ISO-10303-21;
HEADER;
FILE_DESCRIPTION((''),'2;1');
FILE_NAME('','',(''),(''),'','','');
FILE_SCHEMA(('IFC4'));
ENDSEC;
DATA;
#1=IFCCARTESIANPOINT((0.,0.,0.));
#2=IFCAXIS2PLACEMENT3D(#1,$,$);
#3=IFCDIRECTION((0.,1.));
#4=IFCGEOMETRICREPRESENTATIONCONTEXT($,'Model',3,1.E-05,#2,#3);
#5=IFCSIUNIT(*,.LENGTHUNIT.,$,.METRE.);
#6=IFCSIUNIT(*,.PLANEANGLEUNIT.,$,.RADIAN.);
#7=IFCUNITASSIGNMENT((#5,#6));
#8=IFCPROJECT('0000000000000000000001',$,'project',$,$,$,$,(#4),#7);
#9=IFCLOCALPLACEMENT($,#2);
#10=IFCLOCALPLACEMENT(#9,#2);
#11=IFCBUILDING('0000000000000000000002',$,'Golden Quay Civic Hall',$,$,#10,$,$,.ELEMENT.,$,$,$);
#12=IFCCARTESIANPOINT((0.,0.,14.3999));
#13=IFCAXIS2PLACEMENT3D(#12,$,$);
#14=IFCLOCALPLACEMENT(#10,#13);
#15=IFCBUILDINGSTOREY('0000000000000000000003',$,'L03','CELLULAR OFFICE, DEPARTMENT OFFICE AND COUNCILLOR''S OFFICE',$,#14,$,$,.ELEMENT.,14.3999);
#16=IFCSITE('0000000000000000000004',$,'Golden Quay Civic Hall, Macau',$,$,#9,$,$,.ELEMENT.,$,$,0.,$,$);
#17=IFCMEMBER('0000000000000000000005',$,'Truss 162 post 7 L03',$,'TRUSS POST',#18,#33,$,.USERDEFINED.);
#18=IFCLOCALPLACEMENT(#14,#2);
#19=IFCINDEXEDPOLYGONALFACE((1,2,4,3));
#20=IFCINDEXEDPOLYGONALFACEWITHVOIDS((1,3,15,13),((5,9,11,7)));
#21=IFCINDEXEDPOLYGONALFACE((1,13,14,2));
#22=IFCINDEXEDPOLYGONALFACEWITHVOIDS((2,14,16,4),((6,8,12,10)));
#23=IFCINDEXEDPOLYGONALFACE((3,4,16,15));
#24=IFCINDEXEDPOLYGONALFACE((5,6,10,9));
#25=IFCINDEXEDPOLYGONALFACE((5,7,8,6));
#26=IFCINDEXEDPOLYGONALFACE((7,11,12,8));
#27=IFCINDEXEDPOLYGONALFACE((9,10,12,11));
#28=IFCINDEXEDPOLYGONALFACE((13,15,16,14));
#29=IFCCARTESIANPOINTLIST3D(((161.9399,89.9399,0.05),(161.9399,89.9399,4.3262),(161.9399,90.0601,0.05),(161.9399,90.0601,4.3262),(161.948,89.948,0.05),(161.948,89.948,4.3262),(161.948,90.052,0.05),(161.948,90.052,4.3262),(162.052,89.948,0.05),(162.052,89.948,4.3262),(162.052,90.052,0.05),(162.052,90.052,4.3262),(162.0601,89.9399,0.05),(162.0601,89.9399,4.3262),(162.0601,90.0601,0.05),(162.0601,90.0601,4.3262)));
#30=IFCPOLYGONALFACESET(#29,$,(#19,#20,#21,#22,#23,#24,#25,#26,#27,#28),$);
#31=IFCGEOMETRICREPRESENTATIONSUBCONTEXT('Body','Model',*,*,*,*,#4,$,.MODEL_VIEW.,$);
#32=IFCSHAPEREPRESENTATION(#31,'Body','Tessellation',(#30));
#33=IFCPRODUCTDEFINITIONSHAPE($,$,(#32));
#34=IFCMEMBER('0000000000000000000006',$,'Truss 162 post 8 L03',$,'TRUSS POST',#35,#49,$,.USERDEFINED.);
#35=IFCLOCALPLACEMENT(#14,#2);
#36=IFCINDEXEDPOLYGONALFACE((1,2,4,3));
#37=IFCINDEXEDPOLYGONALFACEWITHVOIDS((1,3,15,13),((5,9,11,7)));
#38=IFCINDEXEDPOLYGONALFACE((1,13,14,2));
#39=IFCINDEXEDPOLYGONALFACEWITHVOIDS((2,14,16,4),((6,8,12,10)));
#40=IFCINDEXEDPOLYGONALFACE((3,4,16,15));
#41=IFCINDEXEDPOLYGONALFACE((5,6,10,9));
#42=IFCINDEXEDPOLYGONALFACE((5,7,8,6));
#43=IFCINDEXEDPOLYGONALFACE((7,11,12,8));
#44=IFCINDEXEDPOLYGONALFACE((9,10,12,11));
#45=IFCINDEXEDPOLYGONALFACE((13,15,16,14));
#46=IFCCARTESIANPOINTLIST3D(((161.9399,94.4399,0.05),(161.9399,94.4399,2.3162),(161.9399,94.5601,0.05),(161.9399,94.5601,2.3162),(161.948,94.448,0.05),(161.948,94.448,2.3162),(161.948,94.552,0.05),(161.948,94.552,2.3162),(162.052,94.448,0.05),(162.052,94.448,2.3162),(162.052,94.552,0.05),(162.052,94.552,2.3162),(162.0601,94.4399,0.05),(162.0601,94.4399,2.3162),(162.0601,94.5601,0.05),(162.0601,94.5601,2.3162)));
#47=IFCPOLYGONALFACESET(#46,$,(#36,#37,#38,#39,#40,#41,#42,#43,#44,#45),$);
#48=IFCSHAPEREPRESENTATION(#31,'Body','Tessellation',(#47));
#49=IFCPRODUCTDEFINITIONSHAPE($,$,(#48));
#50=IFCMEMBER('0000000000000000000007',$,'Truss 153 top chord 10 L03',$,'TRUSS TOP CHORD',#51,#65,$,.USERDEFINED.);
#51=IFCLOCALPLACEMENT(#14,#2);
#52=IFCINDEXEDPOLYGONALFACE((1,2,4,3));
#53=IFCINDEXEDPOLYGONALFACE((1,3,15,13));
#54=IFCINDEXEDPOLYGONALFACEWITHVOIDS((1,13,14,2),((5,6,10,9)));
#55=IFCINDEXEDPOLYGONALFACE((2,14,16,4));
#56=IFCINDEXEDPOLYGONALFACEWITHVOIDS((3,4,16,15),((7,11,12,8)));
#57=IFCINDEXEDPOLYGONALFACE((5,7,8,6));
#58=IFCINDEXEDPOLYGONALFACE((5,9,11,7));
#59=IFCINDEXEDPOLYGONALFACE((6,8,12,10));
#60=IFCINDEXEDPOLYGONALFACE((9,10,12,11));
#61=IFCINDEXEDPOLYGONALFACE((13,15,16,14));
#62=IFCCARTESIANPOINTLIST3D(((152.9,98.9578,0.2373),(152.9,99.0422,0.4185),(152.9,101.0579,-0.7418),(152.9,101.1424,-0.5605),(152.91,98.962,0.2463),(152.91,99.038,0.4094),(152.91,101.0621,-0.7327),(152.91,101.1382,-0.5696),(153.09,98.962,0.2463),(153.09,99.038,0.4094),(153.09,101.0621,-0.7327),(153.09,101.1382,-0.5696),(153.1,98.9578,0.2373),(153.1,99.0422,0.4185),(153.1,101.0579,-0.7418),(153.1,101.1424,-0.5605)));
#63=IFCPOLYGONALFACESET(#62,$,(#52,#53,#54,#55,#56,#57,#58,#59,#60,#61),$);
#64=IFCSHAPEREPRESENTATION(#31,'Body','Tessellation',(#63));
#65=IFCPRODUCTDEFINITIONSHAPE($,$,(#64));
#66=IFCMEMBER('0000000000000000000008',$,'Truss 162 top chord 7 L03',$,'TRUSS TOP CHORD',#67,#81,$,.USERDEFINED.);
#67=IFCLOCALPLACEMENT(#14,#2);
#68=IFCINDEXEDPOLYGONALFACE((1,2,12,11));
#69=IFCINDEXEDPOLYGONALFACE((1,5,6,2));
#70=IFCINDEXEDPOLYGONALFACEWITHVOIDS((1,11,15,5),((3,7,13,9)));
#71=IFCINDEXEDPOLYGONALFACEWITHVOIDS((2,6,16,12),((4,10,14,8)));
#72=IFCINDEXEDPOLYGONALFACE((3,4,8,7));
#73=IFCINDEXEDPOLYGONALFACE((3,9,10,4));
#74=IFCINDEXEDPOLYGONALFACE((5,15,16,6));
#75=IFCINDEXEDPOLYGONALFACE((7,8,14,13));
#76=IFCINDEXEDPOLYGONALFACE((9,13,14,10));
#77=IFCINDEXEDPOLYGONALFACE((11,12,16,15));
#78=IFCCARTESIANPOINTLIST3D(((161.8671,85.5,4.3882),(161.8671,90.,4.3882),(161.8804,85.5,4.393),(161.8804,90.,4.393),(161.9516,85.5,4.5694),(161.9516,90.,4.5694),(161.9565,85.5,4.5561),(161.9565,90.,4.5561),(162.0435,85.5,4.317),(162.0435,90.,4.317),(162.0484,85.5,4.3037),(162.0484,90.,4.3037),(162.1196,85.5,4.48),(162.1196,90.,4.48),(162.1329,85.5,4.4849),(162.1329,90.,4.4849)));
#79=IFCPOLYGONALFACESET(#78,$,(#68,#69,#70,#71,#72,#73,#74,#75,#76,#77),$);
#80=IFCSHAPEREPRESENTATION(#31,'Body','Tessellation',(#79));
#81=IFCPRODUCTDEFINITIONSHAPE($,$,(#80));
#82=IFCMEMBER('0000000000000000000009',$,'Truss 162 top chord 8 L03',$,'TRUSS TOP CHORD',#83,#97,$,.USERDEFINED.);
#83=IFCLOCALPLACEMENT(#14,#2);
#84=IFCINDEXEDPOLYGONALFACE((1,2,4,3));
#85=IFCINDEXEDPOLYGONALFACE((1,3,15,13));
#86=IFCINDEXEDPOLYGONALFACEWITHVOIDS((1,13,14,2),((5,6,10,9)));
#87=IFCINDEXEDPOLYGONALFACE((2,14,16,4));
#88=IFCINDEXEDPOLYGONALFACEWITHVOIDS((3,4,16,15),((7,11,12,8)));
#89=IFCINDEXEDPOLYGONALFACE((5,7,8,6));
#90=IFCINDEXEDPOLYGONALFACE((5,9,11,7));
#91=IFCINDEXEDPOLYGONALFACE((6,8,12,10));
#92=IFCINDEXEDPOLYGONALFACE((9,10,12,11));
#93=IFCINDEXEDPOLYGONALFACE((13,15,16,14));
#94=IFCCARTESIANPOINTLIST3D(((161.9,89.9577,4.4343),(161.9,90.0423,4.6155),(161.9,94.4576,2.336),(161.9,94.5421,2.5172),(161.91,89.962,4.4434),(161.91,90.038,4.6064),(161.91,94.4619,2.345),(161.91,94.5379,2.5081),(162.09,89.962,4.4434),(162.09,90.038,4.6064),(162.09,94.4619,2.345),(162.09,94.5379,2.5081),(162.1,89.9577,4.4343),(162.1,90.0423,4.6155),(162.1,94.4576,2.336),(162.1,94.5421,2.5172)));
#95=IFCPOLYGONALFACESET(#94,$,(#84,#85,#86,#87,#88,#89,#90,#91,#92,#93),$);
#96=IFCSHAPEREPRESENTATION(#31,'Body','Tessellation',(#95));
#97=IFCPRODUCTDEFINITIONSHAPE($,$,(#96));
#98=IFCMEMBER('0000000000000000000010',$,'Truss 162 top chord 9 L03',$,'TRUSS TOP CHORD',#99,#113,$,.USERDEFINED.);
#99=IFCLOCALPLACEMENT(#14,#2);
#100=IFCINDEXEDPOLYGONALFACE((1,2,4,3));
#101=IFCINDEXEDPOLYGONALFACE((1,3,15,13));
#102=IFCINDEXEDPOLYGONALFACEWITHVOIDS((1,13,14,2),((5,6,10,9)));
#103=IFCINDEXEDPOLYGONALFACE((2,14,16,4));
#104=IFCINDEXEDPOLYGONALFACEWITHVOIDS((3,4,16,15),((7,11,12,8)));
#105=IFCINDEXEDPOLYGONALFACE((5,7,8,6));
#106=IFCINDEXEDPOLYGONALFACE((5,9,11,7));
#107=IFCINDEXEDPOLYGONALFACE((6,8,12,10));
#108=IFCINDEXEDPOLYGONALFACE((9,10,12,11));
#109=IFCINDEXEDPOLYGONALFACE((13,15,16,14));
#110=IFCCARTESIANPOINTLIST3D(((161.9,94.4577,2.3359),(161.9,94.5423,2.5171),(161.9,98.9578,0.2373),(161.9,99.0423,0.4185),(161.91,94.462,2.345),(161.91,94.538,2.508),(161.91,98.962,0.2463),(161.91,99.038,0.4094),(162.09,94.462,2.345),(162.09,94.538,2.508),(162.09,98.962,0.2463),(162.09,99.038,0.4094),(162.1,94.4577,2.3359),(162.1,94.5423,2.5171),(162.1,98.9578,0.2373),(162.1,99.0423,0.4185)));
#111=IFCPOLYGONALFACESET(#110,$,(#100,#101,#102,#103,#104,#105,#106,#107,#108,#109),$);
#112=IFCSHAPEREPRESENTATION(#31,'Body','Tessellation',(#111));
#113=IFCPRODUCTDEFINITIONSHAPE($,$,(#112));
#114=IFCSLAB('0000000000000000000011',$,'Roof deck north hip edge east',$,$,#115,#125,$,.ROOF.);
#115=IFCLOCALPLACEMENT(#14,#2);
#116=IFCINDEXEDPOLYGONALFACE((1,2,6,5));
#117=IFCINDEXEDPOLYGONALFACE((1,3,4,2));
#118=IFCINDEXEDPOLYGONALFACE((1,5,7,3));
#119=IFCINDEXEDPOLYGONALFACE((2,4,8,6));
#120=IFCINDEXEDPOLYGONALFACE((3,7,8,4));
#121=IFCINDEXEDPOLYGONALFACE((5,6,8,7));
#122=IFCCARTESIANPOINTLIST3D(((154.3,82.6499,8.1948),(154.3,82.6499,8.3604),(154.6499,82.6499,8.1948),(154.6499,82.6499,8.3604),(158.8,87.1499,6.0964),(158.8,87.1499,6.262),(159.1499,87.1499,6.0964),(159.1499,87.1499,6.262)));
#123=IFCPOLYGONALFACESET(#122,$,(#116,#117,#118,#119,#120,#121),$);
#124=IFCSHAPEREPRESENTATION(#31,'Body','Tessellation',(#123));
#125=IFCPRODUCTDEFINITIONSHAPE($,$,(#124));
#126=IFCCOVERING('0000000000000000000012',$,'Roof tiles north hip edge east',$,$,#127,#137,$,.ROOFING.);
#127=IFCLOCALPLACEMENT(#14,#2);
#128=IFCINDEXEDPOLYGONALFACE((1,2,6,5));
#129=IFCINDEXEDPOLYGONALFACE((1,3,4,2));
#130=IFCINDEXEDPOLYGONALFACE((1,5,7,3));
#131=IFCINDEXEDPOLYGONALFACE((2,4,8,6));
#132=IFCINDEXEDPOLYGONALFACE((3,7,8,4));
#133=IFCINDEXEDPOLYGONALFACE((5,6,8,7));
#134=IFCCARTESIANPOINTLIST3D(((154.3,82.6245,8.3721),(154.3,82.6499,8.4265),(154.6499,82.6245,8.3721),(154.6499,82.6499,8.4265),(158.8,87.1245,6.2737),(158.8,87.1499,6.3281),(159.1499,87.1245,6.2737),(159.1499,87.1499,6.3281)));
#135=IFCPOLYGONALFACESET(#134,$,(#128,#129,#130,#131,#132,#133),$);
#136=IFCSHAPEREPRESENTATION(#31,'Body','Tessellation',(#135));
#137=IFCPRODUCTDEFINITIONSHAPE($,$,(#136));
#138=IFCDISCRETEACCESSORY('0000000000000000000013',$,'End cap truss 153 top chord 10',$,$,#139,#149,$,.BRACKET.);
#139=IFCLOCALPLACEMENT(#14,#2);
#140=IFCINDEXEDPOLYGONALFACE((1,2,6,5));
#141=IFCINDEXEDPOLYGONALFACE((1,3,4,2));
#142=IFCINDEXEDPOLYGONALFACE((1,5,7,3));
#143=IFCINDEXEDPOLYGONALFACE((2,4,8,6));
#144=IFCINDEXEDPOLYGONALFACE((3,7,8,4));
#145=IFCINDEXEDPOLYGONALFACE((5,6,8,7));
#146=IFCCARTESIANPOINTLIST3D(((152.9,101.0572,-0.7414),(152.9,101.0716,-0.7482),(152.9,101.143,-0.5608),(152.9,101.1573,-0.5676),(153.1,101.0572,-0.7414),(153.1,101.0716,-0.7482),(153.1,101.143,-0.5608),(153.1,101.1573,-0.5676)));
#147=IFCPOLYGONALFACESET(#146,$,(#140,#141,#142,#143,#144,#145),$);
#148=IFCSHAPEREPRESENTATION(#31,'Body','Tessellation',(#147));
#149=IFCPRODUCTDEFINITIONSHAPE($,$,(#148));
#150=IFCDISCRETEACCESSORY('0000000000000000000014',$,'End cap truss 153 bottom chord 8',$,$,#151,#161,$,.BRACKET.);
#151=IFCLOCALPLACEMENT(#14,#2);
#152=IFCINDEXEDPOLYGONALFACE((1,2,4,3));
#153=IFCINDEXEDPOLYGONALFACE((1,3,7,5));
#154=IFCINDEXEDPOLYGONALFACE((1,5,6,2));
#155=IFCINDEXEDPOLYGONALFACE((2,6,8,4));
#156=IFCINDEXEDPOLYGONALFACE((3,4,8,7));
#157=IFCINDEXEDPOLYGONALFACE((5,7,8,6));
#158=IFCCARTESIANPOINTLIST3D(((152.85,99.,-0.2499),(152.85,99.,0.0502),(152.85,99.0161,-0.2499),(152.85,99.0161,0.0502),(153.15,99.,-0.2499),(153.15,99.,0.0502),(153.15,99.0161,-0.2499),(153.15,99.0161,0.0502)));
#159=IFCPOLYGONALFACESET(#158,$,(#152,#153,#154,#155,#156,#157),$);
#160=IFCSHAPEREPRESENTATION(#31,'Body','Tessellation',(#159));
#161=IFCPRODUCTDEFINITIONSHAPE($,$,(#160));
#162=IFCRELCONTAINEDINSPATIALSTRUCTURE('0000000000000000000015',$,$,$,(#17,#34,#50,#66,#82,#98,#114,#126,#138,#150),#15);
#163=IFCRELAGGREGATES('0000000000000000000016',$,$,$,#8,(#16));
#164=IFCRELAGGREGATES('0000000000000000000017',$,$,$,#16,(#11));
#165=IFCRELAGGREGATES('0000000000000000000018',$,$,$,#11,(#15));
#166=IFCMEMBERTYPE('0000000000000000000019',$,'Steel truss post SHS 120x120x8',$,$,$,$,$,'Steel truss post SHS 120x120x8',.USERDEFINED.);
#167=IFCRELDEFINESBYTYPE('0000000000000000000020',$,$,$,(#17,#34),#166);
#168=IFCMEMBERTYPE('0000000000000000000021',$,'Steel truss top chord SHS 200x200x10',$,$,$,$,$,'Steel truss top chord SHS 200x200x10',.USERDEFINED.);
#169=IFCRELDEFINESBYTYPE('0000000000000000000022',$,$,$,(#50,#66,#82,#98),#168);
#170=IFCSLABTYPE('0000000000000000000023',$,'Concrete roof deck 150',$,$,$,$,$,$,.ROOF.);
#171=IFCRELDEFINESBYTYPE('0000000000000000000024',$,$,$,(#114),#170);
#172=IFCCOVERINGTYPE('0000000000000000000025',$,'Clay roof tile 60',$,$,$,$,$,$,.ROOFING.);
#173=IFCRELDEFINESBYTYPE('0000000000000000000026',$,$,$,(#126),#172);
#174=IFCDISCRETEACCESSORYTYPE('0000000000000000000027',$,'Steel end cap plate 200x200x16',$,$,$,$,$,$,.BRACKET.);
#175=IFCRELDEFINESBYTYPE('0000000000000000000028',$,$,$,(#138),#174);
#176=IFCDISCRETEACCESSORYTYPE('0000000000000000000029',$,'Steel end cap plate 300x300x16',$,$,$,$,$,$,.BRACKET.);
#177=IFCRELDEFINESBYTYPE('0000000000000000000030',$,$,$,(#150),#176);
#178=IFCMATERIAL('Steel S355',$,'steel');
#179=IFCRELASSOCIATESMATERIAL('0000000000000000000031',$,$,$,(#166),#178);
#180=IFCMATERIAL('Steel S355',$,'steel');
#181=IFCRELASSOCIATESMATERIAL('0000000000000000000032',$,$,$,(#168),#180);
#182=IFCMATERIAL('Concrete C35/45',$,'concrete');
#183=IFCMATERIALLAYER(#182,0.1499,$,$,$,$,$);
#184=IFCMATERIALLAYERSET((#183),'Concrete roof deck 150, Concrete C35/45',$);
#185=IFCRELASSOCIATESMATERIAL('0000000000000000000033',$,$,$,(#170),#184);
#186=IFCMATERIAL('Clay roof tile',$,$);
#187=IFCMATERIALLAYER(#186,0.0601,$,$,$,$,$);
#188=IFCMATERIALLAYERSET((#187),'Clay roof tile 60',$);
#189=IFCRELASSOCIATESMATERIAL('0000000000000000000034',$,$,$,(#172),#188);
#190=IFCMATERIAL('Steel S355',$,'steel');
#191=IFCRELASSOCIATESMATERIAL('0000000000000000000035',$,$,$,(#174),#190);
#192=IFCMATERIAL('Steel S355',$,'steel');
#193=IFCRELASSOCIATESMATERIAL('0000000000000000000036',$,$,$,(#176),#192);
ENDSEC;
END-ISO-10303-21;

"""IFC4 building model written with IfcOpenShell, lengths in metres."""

from ifc_helpers import new_model, si_unit, direction, frame, origin, origin_2d, place, context, subcontext, project, spatial, polyline, rectangle, hollow_rectangle, outline, extrude, material, layer, layer_set, material_profile, profile_set, type_object, element, save


model = new_model("IFC4")

# Units and contexts
model_context = context("Model", 3, precision=1e-05, world=origin(), true_north=direction((0.0, 1.0)))
body_context = subcontext(model_context, "Body", "Model", "MODEL_VIEW")
ifc_project = project(units=[si_unit("LENGTHUNIT", "METRE"), si_unit("PLANEANGLEUNIT", "RADIAN")], contexts=[model_context])

# Site, building, storey
site_placement = place(None, origin())
site = spatial("IfcSite", under=ifc_project, at=site_placement, Name="Golden Quay Civic Hall, Macau", CompositionType="ELEMENT", RefElevation=0.0)
building_placement = place(site_placement, origin())
building = spatial("IfcBuilding", under=site, at=building_placement, Name="Golden Quay Civic Hall", CompositionType="ELEMENT")
storey_placement = place(building_placement, frame((0.0, 0.0, 14.3999)))
storey = spatial("IfcBuildingStorey", under=building, at=storey_placement, Name="L03", Description="CELLULAR OFFICE, DEPARTMENT OFFICE AND COUNCILLOR'S OFFICE", CompositionType="ELEMENT", Elevation=14.3999)

# Members
ifc_material_1 = material(Name="Steel S355", Category="steel")
ifc_material_profile_1 = material_profile(ifc_material_1, hollow_rectangle(XDim=0.1201, YDim=0.1201, WallThickness=0.0081, at=origin_2d()), Name="SHS 120x120x8")
ifc_profile_set_1 = profile_set([ifc_material_profile_1], Name="Steel S355")
member_type_1 = type_object("IfcMemberType", Name="Steel truss post SHS 120x120x8", ElementType="Steel truss post SHS 120x120x8", PredefinedType="USERDEFINED", material=ifc_profile_set_1)
for number, where, z_axis, x_axis, name in (
    (1, (162.0, 90.0, 0.05), (0.0, 0.0, 1.0), (1.0, 0.0, 0.0), "Truss 162 post 7 L03"),
):
    element("IfcMember", number, at=place(storey_placement, frame(where, z_axis=z_axis, x_axis=x_axis)), inside=storey, type_object=member_type_1, Name=name, ObjectType="TRUSS POST", PredefinedType="USERDEFINED", context=body_context, shape_type="SweptSolid", body=[
        extrude(hollow_rectangle(XDim=0.1201, YDim=0.1201, WallThickness=0.0081, at=origin_2d()), origin(), (0.0, 0.0, 1.0), 4.2761),
    ])
member_1_placement = place(storey_placement, frame((162.0, 94.5, 0.05), z_axis=(0.0, 0.0, 1.0), x_axis=(1.0, 0.0, 0.0)))
element("IfcMember", 2, at=member_1_placement, inside=storey, type_object=member_type_1, Name="Truss 162 post 8 L03", ObjectType="TRUSS POST", PredefinedType="USERDEFINED", context=body_context, shape_type="SweptSolid", body=[
    extrude(hollow_rectangle(XDim=0.1201, YDim=0.1201, WallThickness=0.0081, at=origin_2d()), origin(), (0.0, 0.0, 1.0), 2.2661),
])
ifc_material_2 = material(Name="Steel S355", Category="steel")
ifc_material_profile_2 = material_profile(ifc_material_2, hollow_rectangle(XDim=0.2, YDim=0.2, WallThickness=0.01, at=origin_2d()), Name="SHS 200x200x10")
ifc_profile_set_2 = profile_set([ifc_material_profile_2], Name="Steel S355")
member_type_2 = type_object("IfcMemberType", Name="Steel truss top chord SHS 200x200x10", ElementType="Steel truss top chord SHS 200x200x10", PredefinedType="USERDEFINED", material=ifc_profile_set_2)
member_2_placement = place(storey_placement, frame((153.0, 99.0, 0.3279), z_axis=(0.0, 0.906355, -0.422516), x_axis=(-1.0, 0.0, 0.0)))
element("IfcMember", 3, at=member_2_placement, inside=storey, type_object=member_type_2, Name="Truss 153 top chord 10 L03", ObjectType="TRUSS TOP CHORD", PredefinedType="USERDEFINED", context=body_context, shape_type="SweptSolid", body=[
    extrude(hollow_rectangle(XDim=0.2, YDim=0.2, WallThickness=0.01, at=origin_2d()), origin(), (0.0, 0.0, 1.0), 2.3171),
])
member_3_placement = place(storey_placement, frame((162.0, 85.5, 4.4365), z_axis=(0.0, 1.0, 0.0), x_axis=(-0.906308, 0.0, 0.422618)))
element("IfcMember", 4, at=member_3_placement, inside=storey, type_object=member_type_2, Name="Truss 162 top chord 7 L03", ObjectType="TRUSS TOP CHORD", PredefinedType="USERDEFINED", context=body_context, shape_type="SweptSolid", body=[
    extrude(hollow_rectangle(XDim=0.2, YDim=0.2, WallThickness=0.01, at=origin_2d()), origin(), (0.0, 0.0, 1.0), 4.5),
])
member_4_placement = place(storey_placement, frame((162.0, 90.0, 4.5249), z_axis=(0.0, 0.906307, -0.422619), x_axis=(-1.0, 0.0, 0.0)))
element("IfcMember", 5, at=member_4_placement, inside=storey, type_object=member_type_2, Name="Truss 162 top chord 8 L03", ObjectType="TRUSS TOP CHORD", PredefinedType="USERDEFINED", context=body_context, shape_type="SweptSolid", body=[
    extrude(hollow_rectangle(XDim=0.2, YDim=0.2, WallThickness=0.01, at=origin_2d()), origin(), (0.0, 0.0, 1.0), 4.9651),
])
member_5_placement = place(storey_placement, frame((162.0, 94.5, 2.4265), z_axis=(0.0, 0.906289, -0.422659), x_axis=(-1.0, 0.0, 0.0)))
element("IfcMember", 6, at=member_5_placement, inside=storey, type_object=member_type_2, Name="Truss 162 top chord 9 L03", ObjectType="TRUSS TOP CHORD", PredefinedType="USERDEFINED", context=body_context, shape_type="SweptSolid", body=[
    extrude(hollow_rectangle(XDim=0.2, YDim=0.2, WallThickness=0.01, at=origin_2d()), origin(), (0.0, 0.0, 1.0), 4.9653),
])

# Slab
ifc_material_3 = material(Name="Concrete C35/45", Category="concrete")
ifc_layer_1 = layer(ifc_material_3, 0.1499)
ifc_layer_set_1 = layer_set([ifc_layer_1], Name="Concrete roof deck 150, Concrete C35/45")
slab_type = type_object("IfcSlabType", Name="Concrete roof deck 150", PredefinedType="ROOF", material=ifc_layer_set_1)
slab_placement = place(storey_placement, frame((154.3, 82.6499, 8.3604), z_axis=(0.0, 0.422619, 0.906307), x_axis=(1.0, 0.0, 0.0)))
element("IfcSlab", 7, at=slab_placement, inside=storey, type_object=slab_type, Name="Roof deck north hip edge east", PredefinedType="ROOF", context=body_context, shape_type="SweptSolid", body=[
    extrude(outline(polyline([(0.0, 0.0), (0.3499, 0.0), (4.8499, 4.9652), (4.5, 4.9652), (0.0, 0.0)])), origin(), (0.0, 0.422619, -0.906307), 0.1655),
])

# Covering
ifc_material_4 = material(Name="Clay roof tile")
ifc_layer_2 = layer(ifc_material_4, 0.0601)
ifc_layer_set_2 = layer_set([ifc_layer_2], Name="Clay roof tile 60")
covering_type = type_object("IfcCoveringType", Name="Clay roof tile 60", PredefinedType="ROOFING", material=ifc_layer_set_2)
covering_placement = place(storey_placement, frame((154.3, 82.6499, 8.4265), z_axis=(0.0, 0.422619, 0.906307), x_axis=(1.0, 0.0, 0.0)))
element("IfcCovering", 8, at=covering_placement, inside=storey, type_object=covering_type, Name="Roof tiles north hip edge east", PredefinedType="ROOFING", context=body_context, shape_type="SweptSolid", body=[
    extrude(outline(polyline([(0.0, 0.0), (0.3499, 0.0), (4.8499, 4.9652), (4.5, 4.9652), (0.0, 0.0)])), origin(), (0.0, 0.0, -1.0), 0.0601),
])

# Discrete accessories
ifc_material_5 = material(Name="Steel S355", Category="steel")
ifc_material_profile_3 = material_profile(ifc_material_5, rectangle(XDim=0.2, YDim=0.2, at=origin_2d()), Name="Steel end cap plate 200x200x16")
ifc_profile_set_3 = profile_set([ifc_material_profile_3], Name="Steel S355")
discrete_accessory_type_1 = type_object("IfcDiscreteAccessoryType", Name="Steel end cap plate 200x200x16", PredefinedType="BRACKET", material=ifc_profile_set_3)
discrete_accessory_1_placement = place(storey_placement, frame((153.0, 101.1001, -0.6511), z_axis=(0.0, 0.903426, -0.428744), x_axis=(-1.0, 0.0, 0.0)))
element("IfcDiscreteAccessory", 9, at=discrete_accessory_1_placement, inside=storey, type_object=discrete_accessory_type_1, Name="End cap truss 153 top chord 10", PredefinedType="BRACKET", context=body_context, shape_type="SweptSolid", body=[
    extrude(rectangle(XDim=0.2, YDim=0.2, at=origin_2d()), origin(), (0.0, 0.0, 1.0), 0.0159),
])
ifc_material_6 = material(Name="Steel S355", Category="steel")
ifc_material_profile_4 = material_profile(ifc_material_6, rectangle(XDim=0.3, YDim=0.3, at=origin_2d()), Name="Steel end cap plate 300x300x16")
ifc_profile_set_4 = profile_set([ifc_material_profile_4], Name="Steel S355")
discrete_accessory_type_2 = type_object("IfcDiscreteAccessoryType", Name="Steel end cap plate 300x300x16", PredefinedType="BRACKET", material=ifc_profile_set_4)
discrete_accessory_2_placement = place(storey_placement, frame((153.0, 99.0, -0.0999), z_axis=(0.0, 1.0, 0.0), x_axis=(-1.0, 0.0, 0.0)))
element("IfcDiscreteAccessory", 10, at=discrete_accessory_2_placement, inside=storey, type_object=discrete_accessory_type_2, Name="End cap truss 153 bottom chord 8", PredefinedType="BRACKET", context=body_context, shape_type="SweptSolid", body=[
    extrude(rectangle(XDim=0.3, YDim=0.3, at=origin_2d()), origin(), (0.0, 0.0, 1.0), 0.0161),
])

save(model, "model.ifc")
